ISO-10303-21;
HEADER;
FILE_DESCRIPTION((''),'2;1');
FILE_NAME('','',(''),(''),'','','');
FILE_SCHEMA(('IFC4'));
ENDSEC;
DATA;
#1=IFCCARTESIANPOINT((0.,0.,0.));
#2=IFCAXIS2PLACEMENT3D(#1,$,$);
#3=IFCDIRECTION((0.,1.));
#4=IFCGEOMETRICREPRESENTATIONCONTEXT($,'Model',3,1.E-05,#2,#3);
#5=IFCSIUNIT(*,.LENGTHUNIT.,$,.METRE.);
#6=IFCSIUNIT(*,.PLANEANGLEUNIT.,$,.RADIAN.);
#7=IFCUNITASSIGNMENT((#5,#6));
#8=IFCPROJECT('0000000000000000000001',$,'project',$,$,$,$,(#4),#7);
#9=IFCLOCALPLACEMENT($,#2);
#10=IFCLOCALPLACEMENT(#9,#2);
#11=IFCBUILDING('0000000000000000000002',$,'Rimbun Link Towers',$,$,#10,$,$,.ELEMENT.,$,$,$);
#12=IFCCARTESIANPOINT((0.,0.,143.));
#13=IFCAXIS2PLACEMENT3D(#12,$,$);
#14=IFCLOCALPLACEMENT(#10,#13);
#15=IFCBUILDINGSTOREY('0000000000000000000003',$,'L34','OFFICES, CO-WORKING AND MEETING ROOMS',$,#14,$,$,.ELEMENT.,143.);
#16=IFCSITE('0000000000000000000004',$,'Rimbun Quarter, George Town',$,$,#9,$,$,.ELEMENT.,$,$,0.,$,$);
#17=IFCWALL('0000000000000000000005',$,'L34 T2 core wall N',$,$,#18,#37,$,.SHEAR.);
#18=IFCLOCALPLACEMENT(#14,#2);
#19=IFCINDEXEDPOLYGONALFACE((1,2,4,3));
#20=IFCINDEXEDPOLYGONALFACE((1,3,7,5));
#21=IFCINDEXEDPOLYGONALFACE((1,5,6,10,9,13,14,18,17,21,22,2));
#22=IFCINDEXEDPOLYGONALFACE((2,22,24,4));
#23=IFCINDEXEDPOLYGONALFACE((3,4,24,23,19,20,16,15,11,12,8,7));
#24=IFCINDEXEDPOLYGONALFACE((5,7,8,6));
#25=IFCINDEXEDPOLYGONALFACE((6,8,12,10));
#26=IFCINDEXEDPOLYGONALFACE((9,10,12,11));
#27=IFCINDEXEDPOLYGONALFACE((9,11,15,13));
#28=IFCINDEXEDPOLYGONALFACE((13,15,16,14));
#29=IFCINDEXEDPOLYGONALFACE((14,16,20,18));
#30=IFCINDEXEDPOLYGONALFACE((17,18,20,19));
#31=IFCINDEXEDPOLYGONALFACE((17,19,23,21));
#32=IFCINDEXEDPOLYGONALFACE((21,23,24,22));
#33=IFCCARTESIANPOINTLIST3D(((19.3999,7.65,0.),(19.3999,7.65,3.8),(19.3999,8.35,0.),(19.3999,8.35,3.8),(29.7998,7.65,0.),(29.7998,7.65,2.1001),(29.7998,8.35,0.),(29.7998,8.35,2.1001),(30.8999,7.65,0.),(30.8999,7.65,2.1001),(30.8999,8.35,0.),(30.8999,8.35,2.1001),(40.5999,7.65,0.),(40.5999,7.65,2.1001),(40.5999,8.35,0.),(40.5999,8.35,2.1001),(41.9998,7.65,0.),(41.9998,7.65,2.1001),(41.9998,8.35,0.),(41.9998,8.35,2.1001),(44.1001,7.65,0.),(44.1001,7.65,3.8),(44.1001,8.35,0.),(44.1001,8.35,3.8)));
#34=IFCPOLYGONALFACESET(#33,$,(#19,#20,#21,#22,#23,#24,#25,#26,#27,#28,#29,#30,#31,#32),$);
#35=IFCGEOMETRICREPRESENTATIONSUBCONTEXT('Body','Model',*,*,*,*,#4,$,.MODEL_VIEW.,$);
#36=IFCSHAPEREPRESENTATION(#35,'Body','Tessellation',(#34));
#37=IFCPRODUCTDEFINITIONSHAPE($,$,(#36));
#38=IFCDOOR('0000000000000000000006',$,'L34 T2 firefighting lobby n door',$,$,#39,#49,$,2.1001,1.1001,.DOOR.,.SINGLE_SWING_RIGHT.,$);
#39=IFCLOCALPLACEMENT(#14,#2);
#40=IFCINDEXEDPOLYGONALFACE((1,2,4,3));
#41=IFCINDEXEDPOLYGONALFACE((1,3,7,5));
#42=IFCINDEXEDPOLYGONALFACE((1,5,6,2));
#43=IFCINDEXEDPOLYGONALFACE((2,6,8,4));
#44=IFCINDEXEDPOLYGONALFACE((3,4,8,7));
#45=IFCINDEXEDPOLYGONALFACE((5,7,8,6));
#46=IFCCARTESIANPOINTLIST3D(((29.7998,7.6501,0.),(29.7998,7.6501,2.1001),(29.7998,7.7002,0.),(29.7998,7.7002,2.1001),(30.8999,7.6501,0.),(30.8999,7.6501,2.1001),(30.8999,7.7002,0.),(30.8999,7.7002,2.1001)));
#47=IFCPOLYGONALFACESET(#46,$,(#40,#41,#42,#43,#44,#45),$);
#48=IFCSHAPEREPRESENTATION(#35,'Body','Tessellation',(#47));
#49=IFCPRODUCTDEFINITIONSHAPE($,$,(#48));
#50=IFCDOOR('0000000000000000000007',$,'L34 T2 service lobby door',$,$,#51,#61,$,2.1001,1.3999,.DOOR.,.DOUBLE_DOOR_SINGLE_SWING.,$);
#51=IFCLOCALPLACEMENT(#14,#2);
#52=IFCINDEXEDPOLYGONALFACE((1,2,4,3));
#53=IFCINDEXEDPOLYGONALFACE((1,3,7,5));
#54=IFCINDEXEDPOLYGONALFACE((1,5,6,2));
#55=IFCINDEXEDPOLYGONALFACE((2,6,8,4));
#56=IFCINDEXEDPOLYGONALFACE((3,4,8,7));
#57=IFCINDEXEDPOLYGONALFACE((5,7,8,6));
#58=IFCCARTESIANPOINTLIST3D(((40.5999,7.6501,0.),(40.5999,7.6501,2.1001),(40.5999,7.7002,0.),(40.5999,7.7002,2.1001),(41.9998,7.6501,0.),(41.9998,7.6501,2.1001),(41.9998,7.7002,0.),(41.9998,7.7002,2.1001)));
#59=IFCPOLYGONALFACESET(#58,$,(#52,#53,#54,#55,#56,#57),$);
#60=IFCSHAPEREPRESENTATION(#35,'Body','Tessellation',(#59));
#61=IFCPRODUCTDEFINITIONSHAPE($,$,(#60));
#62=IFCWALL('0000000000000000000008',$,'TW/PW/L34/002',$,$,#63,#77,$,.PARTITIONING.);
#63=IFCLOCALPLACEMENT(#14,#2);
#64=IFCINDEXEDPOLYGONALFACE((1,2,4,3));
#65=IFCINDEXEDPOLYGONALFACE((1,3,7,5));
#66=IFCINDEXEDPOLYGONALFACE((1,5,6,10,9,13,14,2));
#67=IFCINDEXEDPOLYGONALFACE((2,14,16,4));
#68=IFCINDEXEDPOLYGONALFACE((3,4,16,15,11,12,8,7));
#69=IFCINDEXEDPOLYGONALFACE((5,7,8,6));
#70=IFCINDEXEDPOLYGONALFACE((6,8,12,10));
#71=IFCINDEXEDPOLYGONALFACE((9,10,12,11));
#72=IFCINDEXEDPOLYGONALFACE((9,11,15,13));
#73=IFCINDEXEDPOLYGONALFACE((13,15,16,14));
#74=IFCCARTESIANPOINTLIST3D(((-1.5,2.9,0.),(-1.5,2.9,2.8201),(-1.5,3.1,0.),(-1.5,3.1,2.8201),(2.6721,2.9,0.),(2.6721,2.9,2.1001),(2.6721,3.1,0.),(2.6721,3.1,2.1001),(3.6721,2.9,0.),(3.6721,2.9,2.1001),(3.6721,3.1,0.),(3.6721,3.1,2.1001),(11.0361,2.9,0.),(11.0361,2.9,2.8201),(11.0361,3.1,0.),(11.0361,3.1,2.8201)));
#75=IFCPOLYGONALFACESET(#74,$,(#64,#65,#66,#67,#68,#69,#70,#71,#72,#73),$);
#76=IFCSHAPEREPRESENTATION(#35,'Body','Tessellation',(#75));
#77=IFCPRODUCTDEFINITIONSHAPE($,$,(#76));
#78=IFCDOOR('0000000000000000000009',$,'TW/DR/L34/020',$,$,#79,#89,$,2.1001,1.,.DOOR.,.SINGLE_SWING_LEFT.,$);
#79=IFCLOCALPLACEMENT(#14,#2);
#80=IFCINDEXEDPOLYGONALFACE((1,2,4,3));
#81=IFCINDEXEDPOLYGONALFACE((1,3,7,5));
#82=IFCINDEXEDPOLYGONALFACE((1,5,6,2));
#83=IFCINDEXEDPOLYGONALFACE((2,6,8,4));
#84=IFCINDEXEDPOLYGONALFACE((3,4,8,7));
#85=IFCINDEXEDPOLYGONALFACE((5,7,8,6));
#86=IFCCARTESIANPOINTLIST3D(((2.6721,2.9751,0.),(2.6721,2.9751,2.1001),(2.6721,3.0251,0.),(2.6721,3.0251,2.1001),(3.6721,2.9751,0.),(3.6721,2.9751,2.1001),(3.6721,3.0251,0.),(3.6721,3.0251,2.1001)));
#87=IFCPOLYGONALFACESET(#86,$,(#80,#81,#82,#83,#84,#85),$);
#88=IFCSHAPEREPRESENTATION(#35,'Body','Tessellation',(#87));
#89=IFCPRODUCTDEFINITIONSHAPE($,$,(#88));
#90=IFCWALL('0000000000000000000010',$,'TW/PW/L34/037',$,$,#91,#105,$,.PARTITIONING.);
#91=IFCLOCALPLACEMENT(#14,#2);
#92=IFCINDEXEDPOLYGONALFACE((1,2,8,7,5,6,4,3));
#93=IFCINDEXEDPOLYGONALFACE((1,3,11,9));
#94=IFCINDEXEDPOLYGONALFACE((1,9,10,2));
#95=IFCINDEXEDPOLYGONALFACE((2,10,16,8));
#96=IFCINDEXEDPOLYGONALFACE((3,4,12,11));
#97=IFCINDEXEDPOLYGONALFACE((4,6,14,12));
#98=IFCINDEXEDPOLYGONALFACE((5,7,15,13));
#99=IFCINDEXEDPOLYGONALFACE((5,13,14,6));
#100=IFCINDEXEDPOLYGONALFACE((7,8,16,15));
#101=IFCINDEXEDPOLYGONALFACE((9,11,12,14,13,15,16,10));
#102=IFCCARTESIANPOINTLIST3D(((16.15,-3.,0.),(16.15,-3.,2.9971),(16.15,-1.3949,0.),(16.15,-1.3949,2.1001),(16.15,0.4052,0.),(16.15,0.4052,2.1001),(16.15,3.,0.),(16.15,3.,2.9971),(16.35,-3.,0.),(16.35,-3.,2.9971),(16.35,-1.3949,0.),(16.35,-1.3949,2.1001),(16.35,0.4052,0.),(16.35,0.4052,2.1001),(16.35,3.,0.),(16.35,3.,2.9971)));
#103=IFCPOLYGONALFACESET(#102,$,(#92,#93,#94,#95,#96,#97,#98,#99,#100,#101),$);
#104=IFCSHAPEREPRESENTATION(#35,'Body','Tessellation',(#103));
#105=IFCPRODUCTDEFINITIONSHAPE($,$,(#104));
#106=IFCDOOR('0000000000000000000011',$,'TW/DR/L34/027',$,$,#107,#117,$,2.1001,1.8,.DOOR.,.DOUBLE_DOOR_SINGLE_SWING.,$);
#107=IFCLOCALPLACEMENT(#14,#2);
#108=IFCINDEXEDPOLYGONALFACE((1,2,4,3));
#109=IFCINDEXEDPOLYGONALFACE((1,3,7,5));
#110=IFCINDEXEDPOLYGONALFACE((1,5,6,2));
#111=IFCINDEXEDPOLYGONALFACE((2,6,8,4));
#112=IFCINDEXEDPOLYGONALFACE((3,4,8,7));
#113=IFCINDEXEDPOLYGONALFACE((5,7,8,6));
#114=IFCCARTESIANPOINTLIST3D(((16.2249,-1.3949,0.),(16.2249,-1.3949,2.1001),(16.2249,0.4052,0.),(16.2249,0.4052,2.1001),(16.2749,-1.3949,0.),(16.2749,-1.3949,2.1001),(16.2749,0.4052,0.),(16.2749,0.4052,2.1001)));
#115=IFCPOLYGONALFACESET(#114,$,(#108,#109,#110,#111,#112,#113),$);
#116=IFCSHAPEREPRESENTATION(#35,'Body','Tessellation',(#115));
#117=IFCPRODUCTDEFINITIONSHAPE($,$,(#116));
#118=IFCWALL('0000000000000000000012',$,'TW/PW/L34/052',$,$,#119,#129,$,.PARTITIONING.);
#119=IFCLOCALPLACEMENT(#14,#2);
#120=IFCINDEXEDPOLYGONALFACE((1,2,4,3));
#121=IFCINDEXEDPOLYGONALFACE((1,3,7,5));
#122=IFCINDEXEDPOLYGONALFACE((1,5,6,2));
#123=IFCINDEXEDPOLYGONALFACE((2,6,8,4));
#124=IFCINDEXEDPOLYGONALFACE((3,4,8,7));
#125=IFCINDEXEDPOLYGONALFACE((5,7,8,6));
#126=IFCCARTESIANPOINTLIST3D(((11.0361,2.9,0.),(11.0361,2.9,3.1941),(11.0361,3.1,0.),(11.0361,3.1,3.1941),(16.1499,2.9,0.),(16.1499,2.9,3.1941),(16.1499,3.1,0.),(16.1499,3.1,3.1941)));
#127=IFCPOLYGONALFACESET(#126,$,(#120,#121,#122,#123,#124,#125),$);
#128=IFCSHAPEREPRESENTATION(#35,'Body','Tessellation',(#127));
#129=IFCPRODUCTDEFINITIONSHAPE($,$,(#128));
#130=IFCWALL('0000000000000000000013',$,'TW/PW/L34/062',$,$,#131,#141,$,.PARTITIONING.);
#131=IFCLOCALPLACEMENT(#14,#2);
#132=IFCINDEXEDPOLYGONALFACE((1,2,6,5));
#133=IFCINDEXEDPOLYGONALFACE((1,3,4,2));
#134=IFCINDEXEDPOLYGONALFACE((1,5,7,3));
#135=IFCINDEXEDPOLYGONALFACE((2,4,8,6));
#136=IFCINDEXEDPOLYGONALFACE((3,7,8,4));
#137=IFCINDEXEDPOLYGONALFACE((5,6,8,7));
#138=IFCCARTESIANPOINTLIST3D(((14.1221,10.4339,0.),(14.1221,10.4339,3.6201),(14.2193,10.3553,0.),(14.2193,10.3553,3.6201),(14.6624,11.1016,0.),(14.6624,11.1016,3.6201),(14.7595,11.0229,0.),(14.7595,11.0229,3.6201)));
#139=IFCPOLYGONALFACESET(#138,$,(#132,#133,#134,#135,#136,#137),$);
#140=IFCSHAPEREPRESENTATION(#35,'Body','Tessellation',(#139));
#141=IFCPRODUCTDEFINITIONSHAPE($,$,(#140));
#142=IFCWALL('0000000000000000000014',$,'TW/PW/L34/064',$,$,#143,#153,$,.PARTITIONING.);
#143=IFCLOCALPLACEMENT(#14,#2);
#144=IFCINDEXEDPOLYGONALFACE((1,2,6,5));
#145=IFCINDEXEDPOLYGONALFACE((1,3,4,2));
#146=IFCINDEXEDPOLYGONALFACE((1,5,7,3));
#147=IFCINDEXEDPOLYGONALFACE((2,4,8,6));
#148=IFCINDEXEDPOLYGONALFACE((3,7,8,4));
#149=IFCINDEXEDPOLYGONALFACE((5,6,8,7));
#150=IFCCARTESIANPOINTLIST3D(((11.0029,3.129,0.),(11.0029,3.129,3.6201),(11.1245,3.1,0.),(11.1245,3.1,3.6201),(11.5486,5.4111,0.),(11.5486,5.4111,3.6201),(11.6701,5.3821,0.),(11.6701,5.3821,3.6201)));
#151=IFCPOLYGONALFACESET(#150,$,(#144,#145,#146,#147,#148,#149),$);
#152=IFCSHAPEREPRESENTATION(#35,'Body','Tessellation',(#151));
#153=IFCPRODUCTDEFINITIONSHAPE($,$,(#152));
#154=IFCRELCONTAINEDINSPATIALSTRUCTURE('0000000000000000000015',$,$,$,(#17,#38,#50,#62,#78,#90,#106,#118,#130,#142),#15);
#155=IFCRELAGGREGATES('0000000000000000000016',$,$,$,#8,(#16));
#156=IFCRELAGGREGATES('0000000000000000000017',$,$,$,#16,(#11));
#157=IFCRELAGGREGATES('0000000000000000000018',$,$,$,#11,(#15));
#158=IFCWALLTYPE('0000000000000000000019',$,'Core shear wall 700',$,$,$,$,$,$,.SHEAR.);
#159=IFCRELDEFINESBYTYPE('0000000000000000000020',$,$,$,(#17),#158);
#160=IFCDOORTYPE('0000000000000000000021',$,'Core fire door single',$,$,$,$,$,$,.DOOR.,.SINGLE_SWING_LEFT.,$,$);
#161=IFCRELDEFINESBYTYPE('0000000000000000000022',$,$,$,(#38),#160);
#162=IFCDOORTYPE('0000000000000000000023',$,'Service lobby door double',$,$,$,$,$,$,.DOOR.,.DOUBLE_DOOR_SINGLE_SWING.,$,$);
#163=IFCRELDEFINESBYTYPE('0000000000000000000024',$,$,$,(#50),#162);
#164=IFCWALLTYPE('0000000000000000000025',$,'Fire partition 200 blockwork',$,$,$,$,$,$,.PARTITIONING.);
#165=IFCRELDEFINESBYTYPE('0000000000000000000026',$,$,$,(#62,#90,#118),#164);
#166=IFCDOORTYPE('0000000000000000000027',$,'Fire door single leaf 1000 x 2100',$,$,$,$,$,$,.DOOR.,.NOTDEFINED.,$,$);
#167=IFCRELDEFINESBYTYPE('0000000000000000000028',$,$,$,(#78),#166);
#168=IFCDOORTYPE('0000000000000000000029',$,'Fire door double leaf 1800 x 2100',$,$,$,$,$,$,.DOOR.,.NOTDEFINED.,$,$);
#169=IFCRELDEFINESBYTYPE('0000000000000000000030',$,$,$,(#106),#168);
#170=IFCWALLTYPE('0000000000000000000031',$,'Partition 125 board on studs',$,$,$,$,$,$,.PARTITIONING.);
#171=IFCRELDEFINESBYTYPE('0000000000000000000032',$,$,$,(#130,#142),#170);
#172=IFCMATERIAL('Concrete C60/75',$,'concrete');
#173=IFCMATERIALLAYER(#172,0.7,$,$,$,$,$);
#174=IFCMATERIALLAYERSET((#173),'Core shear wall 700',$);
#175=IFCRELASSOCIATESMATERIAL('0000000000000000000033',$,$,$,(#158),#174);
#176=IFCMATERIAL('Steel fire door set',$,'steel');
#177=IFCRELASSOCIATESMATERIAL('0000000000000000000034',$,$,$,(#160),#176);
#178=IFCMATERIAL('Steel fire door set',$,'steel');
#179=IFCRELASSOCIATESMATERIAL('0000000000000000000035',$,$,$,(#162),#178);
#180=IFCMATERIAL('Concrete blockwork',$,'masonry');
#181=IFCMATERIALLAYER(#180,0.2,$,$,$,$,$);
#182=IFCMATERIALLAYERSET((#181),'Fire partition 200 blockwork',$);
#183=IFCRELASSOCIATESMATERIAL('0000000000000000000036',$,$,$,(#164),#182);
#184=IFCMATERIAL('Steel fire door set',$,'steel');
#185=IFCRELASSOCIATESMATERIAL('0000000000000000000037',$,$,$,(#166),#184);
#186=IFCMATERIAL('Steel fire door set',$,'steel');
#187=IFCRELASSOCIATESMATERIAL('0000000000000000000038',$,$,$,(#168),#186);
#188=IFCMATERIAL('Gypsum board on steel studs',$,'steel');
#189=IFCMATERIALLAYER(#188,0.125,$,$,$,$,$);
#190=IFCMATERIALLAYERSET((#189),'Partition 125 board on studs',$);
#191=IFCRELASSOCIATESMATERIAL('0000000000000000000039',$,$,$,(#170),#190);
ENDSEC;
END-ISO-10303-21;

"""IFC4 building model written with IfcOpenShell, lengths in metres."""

from ifc_helpers import new_model, si_unit, direction, frame, frame_2d, origin, place, context, subcontext, project, spatial, rectangle, extrude, material, layer, layer_set, type_object, element, fill, save


model = new_model("IFC4")

# Units and contexts
model_context = context("Model", 3, precision=1e-05, world=origin(), true_north=direction((0.0, 1.0)))
body_context = subcontext(model_context, "Body", "Model", "MODEL_VIEW")
ifc_project = project(units=[si_unit("LENGTHUNIT", "METRE"), si_unit("PLANEANGLEUNIT", "RADIAN")], contexts=[model_context])

# Site, building, storey
site_placement = place(None, origin())
site = spatial("IfcSite", under=ifc_project, at=site_placement, Name="Rimbun Quarter, George Town", CompositionType="ELEMENT", RefElevation=0.0)
building_placement = place(site_placement, origin())
building = spatial("IfcBuilding", under=site, at=building_placement, Name="Rimbun Link Towers", CompositionType="ELEMENT")
storey_placement = place(building_placement, frame((0.0, 0.0, 143.0)))
storey = spatial("IfcBuildingStorey", under=building, at=storey_placement, Name="L34", Description="OFFICES, CO-WORKING AND MEETING ROOMS", CompositionType="ELEMENT", Elevation=143.0)

# Wall, openings, doors
ifc_material_1 = material(Name="Concrete C60/75", Category="concrete")
ifc_layer_1 = layer(ifc_material_1, 0.7)
ifc_layer_set_1 = layer_set([ifc_layer_1], Name="Core shear wall 700")
wall_type_1 = type_object("IfcWallType", Name="Core shear wall 700", PredefinedType="SHEAR", material=ifc_layer_set_1)
wall_1_placement = place(storey_placement, frame((19.3999, 8.0, 0.0), z_axis=(0.0, 0.0, 1.0), x_axis=(1.0, 0.0, 0.0)))
wall_1 = element("IfcWall", 1, at=wall_1_placement, inside=storey, type_object=wall_type_1, Name="L34 T2 core wall N", PredefinedType="SHEAR", context=body_context, shape_type="SweptSolid", body=[
    extrude(rectangle(XDim=24.7002, YDim=0.7, at=frame_2d((12.3501, 0.0))), origin(), (0.0, 0.0, 1.0), 3.8),
])
opening_1_placement = place(wall_1_placement, frame((10.3999, 0.0, 0.0)))
opening_1 = element("IfcOpeningElement", 2, at=opening_1_placement, cuts=wall_1, PredefinedType="OPENING", context=body_context, shape_type="SweptSolid", body=[
    extrude(rectangle(XDim=1.1001, YDim=2.1001, at=frame_2d((0.55, 1.05))), frame((0.0, 0.3599, 0.0), z_axis=(0.0, -1.0, 0.0), x_axis=(1.0, 0.0, 0.0)), (0.0, 0.0, 1.0), 0.72),
])
opening_2_placement = place(wall_1_placement, frame((21.2, 0.0, 0.0)))
opening_2 = element("IfcOpeningElement", 3, at=opening_2_placement, cuts=wall_1, PredefinedType="OPENING", context=body_context, shape_type="SweptSolid", body=[
    extrude(rectangle(XDim=1.3999, YDim=2.1001, at=frame_2d((0.7, 1.05))), frame((0.0, 0.3599, 0.0), z_axis=(0.0, -1.0, 0.0), x_axis=(1.0, 0.0, 0.0)), (0.0, 0.0, 1.0), 0.72),
])
ifc_material_2 = material(Name="Steel fire door set", Category="steel")
door_type_1 = type_object("IfcDoorType", Name="Core fire door single", OperationType="SINGLE_SWING_LEFT", PredefinedType="DOOR", material=ifc_material_2)
door_1_placement = place(opening_1_placement, origin())
door_1 = element("IfcDoor", 4, at=door_1_placement, inside=storey, type_object=door_type_1, Name="L34 T2 firefighting lobby n door", OperationType="SINGLE_SWING_RIGHT", OverallHeight=2.1001, OverallWidth=1.1001, PredefinedType="DOOR", context=body_context, shape_type="SweptSolid", body=[
    extrude(rectangle(XDim=1.1001, YDim=2.1001, at=frame_2d((0.55, 1.05))), frame((0.0, -0.2998, 0.0), z_axis=(0.0, -1.0, 0.0), x_axis=(1.0, 0.0, 0.0)), (0.0, 0.0, 1.0), 0.05),
])
fill(opening_1, door_1)
ifc_material_3 = material(Name="Steel fire door set", Category="steel")
door_type_2 = type_object("IfcDoorType", Name="Service lobby door double", OperationType="DOUBLE_DOOR_SINGLE_SWING", PredefinedType="DOOR", material=ifc_material_3)
door_2_placement = place(opening_2_placement, origin())
door_2 = element("IfcDoor", 5, at=door_2_placement, inside=storey, type_object=door_type_2, Name="L34 T2 service lobby door", OperationType="DOUBLE_DOOR_SINGLE_SWING", OverallHeight=2.1001, OverallWidth=1.3999, PredefinedType="DOOR", context=body_context, shape_type="SweptSolid", body=[
    extrude(rectangle(XDim=1.3999, YDim=2.1001, at=frame_2d((0.7, 1.05))), frame((0.0, -0.2998, 0.0), z_axis=(0.0, -1.0, 0.0), x_axis=(1.0, 0.0, 0.0)), (0.0, 0.0, 1.0), 0.05),
])
fill(opening_2, door_2)

# Walls, openings, doors
ifc_material_4 = material(Name="Concrete blockwork", Category="masonry")
ifc_layer_2 = layer(ifc_material_4, 0.2)
ifc_layer_set_2 = layer_set([ifc_layer_2], Name="Fire partition 200 blockwork")
wall_type_2 = type_object("IfcWallType", Name="Fire partition 200 blockwork", PredefinedType="PARTITIONING", material=ifc_layer_set_2)
wall_2_placement = place(storey_placement, frame((11.0361, 3.0, 0.0), z_axis=(0.0, 0.0, 1.0), x_axis=(-1.0, 0.0, 0.0)))
wall_2 = element("IfcWall", 6, at=wall_2_placement, inside=storey, type_object=wall_type_2, Name="TW/PW/L34/002", PredefinedType="PARTITIONING", context=body_context, shape_type="SweptSolid", body=[
    extrude(rectangle(XDim=12.5361, YDim=0.2, at=frame_2d((6.2681, 0.0))), origin(), (0.0, 0.0, 1.0), 2.8201),
])
opening_3_placement = place(wall_2_placement, frame((7.364, 0.0, 0.0)))
opening_3 = element("IfcOpeningElement", 7, at=opening_3_placement, cuts=wall_2, PredefinedType="OPENING", context=body_context, shape_type="SweptSolid", body=[
    extrude(rectangle(XDim=1.0, YDim=2.1001, at=frame_2d((0.5, 1.05))), frame((0.0, 0.1099, 0.0), z_axis=(0.0, -1.0, 0.0), x_axis=(1.0, 0.0, 0.0)), (0.0, 0.0, 1.0), 0.22),
])
ifc_material_5 = material(Name="Steel fire door set", Category="steel")
door_type_3 = type_object("IfcDoorType", Name="Fire door single leaf 1000 x 2100", OperationType="NOTDEFINED", PredefinedType="DOOR", material=ifc_material_5)
door_3_placement = place(opening_3_placement, origin())
door_3 = element("IfcDoor", 8, at=door_3_placement, inside=storey, type_object=door_type_3, Name="TW/DR/L34/020", OperationType="SINGLE_SWING_LEFT", OverallHeight=2.1001, OverallWidth=1.0, PredefinedType="DOOR", context=body_context, shape_type="SweptSolid", body=[
    extrude(rectangle(XDim=1.0, YDim=2.1001, at=frame_2d((0.5, 1.05))), frame((0.0, 0.0249, 0.0), z_axis=(0.0, -1.0, 0.0), x_axis=(1.0, 0.0, 0.0)), (0.0, 0.0, 1.0), 0.05),
])
fill(opening_3, door_3)
wall_3_placement = place(storey_placement, frame((16.25, 3.0, 0.0), z_axis=(0.0, 0.0, 1.0), x_axis=(0.0, -1.0, 0.0)))
wall_3 = element("IfcWall", 9, at=wall_3_placement, inside=storey, type_object=wall_type_2, Name="TW/PW/L34/037", PredefinedType="PARTITIONING", context=body_context, shape_type="SweptSolid", body=[
    extrude(rectangle(XDim=6.0, YDim=0.2, at=frame_2d((3.0, 0.0))), origin(), (0.0, 0.0, 1.0), 2.9971),
])
opening_4_placement = place(wall_3_placement, frame((2.595, 0.0, 0.0)))
opening_4 = element("IfcOpeningElement", 10, at=opening_4_placement, cuts=wall_3, PredefinedType="OPENING", context=body_context, shape_type="SweptSolid", body=[
    extrude(rectangle(XDim=1.8, YDim=2.1001, at=frame_2d((0.8999, 1.05))), frame((0.0, 0.1099, 0.0), z_axis=(0.0, -1.0, 0.0), x_axis=(1.0, 0.0, 0.0)), (0.0, 0.0, 1.0), 0.22),
])
ifc_material_6 = material(Name="Steel fire door set", Category="steel")
door_type_4 = type_object("IfcDoorType", Name="Fire door double leaf 1800 x 2100", OperationType="NOTDEFINED", PredefinedType="DOOR", material=ifc_material_6)
door_4_placement = place(opening_4_placement, origin())
door_4 = element("IfcDoor", 11, at=door_4_placement, inside=storey, type_object=door_type_4, Name="TW/DR/L34/027", OperationType="DOUBLE_DOOR_SINGLE_SWING", OverallHeight=2.1001, OverallWidth=1.8, PredefinedType="DOOR", context=body_context, shape_type="SweptSolid", body=[
    extrude(rectangle(XDim=1.8, YDim=2.1001, at=frame_2d((0.8999, 1.05))), frame((0.0, 0.0249, 0.0), z_axis=(0.0, -1.0, 0.0), x_axis=(1.0, 0.0, 0.0)), (0.0, 0.0, 1.0), 0.05),
])
fill(opening_4, door_4)

# Walls
wall_4_placement = place(storey_placement, frame((16.1499, 3.0, 0.0), z_axis=(0.0, 0.0, 1.0), x_axis=(-1.0, 0.0, 0.0)))
element("IfcWall", 12, at=wall_4_placement, inside=storey, type_object=wall_type_2, Name="TW/PW/L34/052", PredefinedType="PARTITIONING", context=body_context, shape_type="SweptSolid", body=[
    extrude(rectangle(XDim=5.1138, YDim=0.2, at=frame_2d((2.5569, 0.0))), origin(), (0.0, 0.0, 1.0), 3.1941),
])
ifc_material_7 = material(Name="Gypsum board on steel studs", Category="steel")
ifc_layer_3 = layer(ifc_material_7, 0.125)
ifc_layer_set_3 = layer_set([ifc_layer_3], Name="Partition 125 board on studs")
wall_type_3 = type_object("IfcWallType", Name="Partition 125 board on studs", PredefinedType="PARTITIONING", material=ifc_layer_set_3)
wall_5_placement = place(storey_placement, frame((14.7109, 11.0623, 0.0), z_axis=(0.0, 0.0, 1.0), x_axis=(-0.629018, -0.77739, 0.0)))
element("IfcWall", 13, at=wall_5_placement, inside=storey, type_object=wall_type_3, Name="TW/PW/L34/062", PredefinedType="PARTITIONING", context=body_context, shape_type="SweptSolid", body=[
    extrude(rectangle(XDim=0.8589, YDim=0.125, at=frame_2d((0.4294, 0.0))), origin(), (0.0, 0.0, 1.0), 3.6201),
])
wall_6_placement = place(storey_placement, frame((11.6094, 5.3967, 0.0), z_axis=(0.0, 0.0, 1.0), x_axis=(-0.232535, -0.972588, 0.0)))
element("IfcWall", 14, at=wall_6_placement, inside=storey, type_object=wall_type_3, Name="TW/PW/L34/064", PredefinedType="PARTITIONING", context=body_context, shape_type="SweptSolid", body=[
    extrude(rectangle(XDim=2.3464, YDim=0.125, at=frame_2d((1.1733, 0.0))), origin(), (0.0, 0.0, 1.0), 3.6201),
])

save(model, "model.ifc")
